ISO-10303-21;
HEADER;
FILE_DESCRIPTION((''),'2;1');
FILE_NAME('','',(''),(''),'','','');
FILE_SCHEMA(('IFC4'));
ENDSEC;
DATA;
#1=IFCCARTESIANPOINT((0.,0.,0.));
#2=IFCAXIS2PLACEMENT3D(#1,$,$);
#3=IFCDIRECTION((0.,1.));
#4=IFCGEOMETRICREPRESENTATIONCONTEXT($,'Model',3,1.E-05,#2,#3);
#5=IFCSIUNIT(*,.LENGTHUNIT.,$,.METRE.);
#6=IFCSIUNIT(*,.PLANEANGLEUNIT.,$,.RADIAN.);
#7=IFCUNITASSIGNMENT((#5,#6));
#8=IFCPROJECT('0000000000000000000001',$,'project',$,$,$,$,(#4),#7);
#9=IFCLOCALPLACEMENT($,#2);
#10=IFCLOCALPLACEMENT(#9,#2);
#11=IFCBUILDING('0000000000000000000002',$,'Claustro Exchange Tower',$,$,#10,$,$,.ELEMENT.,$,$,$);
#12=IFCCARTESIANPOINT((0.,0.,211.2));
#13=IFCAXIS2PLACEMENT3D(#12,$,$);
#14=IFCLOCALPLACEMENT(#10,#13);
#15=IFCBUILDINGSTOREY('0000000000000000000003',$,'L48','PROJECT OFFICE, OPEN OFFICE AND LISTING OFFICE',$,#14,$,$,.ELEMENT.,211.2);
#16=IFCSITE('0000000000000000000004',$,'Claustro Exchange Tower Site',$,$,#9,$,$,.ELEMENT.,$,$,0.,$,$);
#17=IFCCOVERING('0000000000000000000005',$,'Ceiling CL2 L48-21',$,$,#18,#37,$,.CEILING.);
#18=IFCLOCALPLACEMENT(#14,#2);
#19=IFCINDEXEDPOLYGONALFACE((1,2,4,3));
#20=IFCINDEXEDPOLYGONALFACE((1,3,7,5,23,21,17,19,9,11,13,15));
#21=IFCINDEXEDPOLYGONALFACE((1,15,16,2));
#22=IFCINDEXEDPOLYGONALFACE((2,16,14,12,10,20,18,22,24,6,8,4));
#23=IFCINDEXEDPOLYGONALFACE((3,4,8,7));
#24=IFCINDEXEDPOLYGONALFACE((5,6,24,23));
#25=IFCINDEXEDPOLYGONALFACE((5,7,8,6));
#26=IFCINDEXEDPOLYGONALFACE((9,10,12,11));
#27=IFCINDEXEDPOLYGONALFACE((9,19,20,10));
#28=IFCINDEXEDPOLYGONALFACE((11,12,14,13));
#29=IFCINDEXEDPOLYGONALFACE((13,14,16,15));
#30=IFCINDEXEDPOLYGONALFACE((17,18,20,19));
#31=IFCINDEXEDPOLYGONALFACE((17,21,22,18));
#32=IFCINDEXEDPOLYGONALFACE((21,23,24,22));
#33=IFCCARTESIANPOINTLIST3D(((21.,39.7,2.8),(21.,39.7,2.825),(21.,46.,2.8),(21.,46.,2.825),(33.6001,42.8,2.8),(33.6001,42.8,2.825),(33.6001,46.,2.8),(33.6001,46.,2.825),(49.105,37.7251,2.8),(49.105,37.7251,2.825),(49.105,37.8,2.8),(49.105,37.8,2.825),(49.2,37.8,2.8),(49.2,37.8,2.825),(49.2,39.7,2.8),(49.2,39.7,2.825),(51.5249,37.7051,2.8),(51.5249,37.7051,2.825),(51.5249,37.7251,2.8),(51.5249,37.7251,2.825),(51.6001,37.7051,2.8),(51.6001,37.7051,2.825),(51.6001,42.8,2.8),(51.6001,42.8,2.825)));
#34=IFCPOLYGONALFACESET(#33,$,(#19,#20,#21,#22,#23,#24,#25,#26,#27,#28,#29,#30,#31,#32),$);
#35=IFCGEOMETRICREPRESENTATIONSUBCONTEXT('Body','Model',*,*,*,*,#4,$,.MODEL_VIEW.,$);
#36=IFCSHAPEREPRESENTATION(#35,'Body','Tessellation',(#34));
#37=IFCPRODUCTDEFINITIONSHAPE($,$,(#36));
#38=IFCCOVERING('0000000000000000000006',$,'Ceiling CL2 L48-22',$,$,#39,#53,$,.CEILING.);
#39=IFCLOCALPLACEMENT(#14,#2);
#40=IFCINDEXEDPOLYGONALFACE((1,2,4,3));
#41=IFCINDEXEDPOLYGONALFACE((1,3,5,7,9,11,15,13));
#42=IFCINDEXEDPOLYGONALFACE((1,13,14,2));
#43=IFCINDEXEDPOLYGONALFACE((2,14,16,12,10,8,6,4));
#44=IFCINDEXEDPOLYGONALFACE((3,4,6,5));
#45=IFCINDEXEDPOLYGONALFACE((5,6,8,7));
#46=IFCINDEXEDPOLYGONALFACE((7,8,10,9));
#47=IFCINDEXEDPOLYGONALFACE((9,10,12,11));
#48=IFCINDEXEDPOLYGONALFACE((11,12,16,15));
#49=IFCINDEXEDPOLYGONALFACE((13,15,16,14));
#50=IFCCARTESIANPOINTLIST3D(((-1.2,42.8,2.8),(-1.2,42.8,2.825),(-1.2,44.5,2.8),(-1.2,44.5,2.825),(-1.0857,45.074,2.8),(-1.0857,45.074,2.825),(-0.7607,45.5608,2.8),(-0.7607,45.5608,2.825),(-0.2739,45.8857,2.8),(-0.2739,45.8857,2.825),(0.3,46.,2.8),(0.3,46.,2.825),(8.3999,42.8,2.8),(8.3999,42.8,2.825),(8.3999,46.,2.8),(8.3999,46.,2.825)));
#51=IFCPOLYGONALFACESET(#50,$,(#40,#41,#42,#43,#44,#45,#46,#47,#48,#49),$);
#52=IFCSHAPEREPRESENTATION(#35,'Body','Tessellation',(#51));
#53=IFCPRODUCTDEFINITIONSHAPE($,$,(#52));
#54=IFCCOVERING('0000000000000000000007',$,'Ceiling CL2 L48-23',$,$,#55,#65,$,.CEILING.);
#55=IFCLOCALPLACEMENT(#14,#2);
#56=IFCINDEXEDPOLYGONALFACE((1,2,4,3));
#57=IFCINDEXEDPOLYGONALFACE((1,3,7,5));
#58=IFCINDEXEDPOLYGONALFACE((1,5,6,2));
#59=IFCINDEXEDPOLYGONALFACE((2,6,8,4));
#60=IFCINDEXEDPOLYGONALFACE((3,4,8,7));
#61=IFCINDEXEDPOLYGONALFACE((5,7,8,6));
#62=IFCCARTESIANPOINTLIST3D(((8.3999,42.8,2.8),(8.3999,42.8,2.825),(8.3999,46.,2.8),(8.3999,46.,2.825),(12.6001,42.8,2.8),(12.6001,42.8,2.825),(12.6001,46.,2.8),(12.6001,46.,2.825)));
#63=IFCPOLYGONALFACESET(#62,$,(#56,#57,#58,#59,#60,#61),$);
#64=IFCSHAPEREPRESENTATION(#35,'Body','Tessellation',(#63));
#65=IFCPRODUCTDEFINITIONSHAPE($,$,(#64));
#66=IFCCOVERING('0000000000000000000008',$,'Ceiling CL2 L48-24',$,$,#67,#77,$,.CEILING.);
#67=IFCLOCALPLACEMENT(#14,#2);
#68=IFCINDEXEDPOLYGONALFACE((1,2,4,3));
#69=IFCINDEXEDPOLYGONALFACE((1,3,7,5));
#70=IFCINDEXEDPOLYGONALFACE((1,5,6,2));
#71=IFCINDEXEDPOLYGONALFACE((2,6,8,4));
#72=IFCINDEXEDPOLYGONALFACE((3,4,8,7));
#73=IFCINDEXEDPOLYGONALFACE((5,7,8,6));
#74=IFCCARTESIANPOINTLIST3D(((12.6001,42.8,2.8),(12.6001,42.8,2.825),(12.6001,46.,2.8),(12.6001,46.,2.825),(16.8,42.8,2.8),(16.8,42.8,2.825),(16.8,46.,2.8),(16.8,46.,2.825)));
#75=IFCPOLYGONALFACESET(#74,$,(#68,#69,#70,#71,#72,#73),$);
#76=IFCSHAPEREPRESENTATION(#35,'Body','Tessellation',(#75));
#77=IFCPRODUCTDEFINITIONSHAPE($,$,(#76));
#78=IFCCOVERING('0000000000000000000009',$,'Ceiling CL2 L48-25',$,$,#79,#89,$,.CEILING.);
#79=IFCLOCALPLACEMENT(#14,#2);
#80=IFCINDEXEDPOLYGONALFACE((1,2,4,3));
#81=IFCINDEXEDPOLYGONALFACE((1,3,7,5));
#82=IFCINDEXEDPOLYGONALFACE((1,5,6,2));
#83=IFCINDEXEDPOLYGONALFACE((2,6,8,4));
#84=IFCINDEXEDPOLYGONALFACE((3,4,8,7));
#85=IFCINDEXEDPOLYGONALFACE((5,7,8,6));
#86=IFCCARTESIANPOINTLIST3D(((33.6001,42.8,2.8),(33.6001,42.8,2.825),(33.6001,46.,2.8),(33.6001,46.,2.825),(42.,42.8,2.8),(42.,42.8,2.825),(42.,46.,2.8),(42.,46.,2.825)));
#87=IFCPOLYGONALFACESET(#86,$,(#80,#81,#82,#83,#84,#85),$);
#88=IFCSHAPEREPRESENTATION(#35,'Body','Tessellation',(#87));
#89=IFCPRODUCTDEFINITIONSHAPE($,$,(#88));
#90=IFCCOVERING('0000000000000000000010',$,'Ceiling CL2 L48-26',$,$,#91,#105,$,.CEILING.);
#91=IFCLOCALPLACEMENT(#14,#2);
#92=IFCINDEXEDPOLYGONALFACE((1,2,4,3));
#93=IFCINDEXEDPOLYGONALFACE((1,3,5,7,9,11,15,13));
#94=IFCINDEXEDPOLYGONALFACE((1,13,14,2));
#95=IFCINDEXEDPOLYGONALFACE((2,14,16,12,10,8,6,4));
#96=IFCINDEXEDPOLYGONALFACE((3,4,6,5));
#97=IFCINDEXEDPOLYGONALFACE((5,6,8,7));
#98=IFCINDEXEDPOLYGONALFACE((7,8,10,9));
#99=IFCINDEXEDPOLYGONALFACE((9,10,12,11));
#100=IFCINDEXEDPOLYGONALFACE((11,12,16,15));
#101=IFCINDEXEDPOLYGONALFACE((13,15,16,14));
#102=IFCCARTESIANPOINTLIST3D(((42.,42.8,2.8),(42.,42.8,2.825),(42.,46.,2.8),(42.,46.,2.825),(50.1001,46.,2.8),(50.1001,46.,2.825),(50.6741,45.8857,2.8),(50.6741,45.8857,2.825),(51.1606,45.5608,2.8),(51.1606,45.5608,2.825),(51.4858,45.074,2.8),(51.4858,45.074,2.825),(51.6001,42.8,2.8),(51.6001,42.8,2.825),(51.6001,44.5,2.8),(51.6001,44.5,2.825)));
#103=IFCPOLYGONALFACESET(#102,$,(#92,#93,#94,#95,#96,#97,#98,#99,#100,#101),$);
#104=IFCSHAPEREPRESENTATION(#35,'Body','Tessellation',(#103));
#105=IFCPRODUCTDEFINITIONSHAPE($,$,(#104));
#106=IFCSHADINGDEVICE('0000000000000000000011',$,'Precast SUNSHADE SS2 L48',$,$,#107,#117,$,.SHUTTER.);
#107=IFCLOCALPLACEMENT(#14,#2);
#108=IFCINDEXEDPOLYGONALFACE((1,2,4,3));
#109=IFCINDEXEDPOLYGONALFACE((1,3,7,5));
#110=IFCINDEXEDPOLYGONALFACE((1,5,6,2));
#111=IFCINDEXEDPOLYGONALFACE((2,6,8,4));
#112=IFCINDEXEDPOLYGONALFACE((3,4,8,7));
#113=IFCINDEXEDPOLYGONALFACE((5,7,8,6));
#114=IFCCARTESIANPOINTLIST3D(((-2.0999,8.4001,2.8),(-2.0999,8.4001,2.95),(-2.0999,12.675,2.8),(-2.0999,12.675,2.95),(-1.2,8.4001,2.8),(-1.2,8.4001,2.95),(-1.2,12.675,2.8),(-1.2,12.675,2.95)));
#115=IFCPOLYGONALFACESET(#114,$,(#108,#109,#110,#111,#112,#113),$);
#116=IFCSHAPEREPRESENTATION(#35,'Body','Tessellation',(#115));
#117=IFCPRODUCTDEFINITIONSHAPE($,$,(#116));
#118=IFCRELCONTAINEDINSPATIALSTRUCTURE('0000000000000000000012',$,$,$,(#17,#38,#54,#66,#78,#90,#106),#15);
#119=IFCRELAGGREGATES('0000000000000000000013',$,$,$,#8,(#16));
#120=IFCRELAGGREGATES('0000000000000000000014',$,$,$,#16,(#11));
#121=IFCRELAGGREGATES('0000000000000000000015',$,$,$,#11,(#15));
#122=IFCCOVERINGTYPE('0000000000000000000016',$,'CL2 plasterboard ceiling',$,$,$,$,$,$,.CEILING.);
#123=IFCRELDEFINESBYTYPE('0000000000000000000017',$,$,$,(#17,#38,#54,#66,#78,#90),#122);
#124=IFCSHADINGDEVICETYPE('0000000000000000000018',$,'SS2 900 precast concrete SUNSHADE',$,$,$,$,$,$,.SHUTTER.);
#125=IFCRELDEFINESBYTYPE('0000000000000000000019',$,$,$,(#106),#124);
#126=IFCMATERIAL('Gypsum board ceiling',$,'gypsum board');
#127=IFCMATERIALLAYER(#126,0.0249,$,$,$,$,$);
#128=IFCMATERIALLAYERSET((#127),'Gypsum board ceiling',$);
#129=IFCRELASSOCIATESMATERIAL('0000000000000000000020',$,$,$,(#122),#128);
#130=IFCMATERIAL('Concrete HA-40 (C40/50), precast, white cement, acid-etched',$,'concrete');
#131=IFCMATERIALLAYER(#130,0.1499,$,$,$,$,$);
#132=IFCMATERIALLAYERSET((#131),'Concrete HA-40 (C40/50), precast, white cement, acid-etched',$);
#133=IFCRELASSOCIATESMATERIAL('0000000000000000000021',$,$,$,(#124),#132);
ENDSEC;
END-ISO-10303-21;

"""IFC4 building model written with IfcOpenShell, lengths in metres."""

from ifc_helpers import new_model, si_unit, direction, frame, origin, origin_2d, place, context, subcontext, project, spatial, polyline, rectangle, outline, extrude, material, layer, layer_set, type_object, element, save


model = new_model("IFC4")

# Units and contexts
model_context = context("Model", 3, precision=1e-05, world=origin(), true_north=direction((0.0, 1.0)))
body_context = subcontext(model_context, "Body", "Model", "MODEL_VIEW")
ifc_project = project(units=[si_unit("LENGTHUNIT", "METRE"), si_unit("PLANEANGLEUNIT", "RADIAN")], contexts=[model_context])

# Site, building, storey
site_placement = place(None, origin())
site = spatial("IfcSite", under=ifc_project, at=site_placement, Name="Claustro Exchange Tower Site", CompositionType="ELEMENT", RefElevation=0.0)
building_placement = place(site_placement, origin())
building = spatial("IfcBuilding", under=site, at=building_placement, Name="Claustro Exchange Tower", CompositionType="ELEMENT")
storey_placement = place(building_placement, frame((0.0, 0.0, 211.2)))
storey = spatial("IfcBuildingStorey", under=building, at=storey_placement, Name="L48", Description="PROJECT OFFICE, OPEN OFFICE AND LISTING OFFICE", CompositionType="ELEMENT", Elevation=211.2)

# Coverings
ifc_material_1 = material(Name="Gypsum board ceiling", Category="gypsum board")
ifc_layer_1 = layer(ifc_material_1, 0.0249)
ifc_layer_set_1 = layer_set([ifc_layer_1], Name="Gypsum board ceiling")
covering_type_1 = type_object("IfcCoveringType", Name="CL2 plasterboard ceiling", PredefinedType="CEILING", material=ifc_layer_set_1)
covering_1_placement = place(storey_placement, frame((0.0, 0.0, 2.8)))
element("IfcCovering", 1, at=covering_1_placement, inside=storey, type_object=covering_type_1, Name="Ceiling CL2 L48-21", PredefinedType="CEILING", context=body_context, shape_type="SweptSolid", body=[
    extrude(outline(polyline([(51.5249, 37.7251), (51.5249, 37.7051), (51.6001, 37.7051), (51.6001, 42.8), (33.6001, 42.8), (33.6001, 46.0), (21.0, 46.0), (21.0, 39.7), (49.2, 39.7), (49.2, 37.8), (49.105, 37.8), (49.105, 37.7251), (51.5249, 37.7251)])), origin(), (0.0, 0.0, 1.0), 0.0249),
])
covering_2_placement = place(storey_placement, frame((0.0, 0.0, 2.8)))
element("IfcCovering", 2, at=covering_2_placement, inside=storey, type_object=covering_type_1, Name="Ceiling CL2 L48-22", PredefinedType="CEILING", context=body_context, shape_type="SweptSolid", body=[
    extrude(outline(polyline([(-1.2, 44.5), (-1.2, 42.8), (8.3999, 42.8), (8.3999, 46.0), (0.3, 46.0), (-0.2739, 45.8857), (-0.7607, 45.5608), (-1.0857, 45.074), (-1.2, 44.5)])), origin(), (0.0, 0.0, 1.0), 0.0249),
])
covering_3_placement = place(storey_placement, frame((0.0, 0.0, 2.8)))
element("IfcCovering", 3, at=covering_3_placement, inside=storey, type_object=covering_type_1, Name="Ceiling CL2 L48-23", PredefinedType="CEILING", context=body_context, shape_type="SweptSolid", body=[
    extrude(outline(polyline([(12.6001, 46.0), (8.3999, 46.0), (8.3999, 42.8), (12.6001, 42.8), (12.6001, 46.0)])), origin(), (0.0, 0.0, 1.0), 0.0249),
])
covering_4_placement = place(storey_placement, frame((0.0, 0.0, 2.8)))
element("IfcCovering", 4, at=covering_4_placement, inside=storey, type_object=covering_type_1, Name="Ceiling CL2 L48-24", PredefinedType="CEILING", context=body_context, shape_type="SweptSolid", body=[
    extrude(outline(polyline([(16.8, 46.0), (12.6001, 46.0), (12.6001, 42.8), (16.8, 42.8), (16.8, 46.0)])), origin(), (0.0, 0.0, 1.0), 0.0249),
])
covering_5_placement = place(storey_placement, frame((0.0, 0.0, 2.8)))
element("IfcCovering", 5, at=covering_5_placement, inside=storey, type_object=covering_type_1, Name="Ceiling CL2 L48-25", PredefinedType="CEILING", context=body_context, shape_type="SweptSolid", body=[
    extrude(outline(polyline([(42.0, 46.0), (33.6001, 46.0), (33.6001, 42.8), (42.0, 42.8), (42.0, 46.0)])), origin(), (0.0, 0.0, 1.0), 0.0249),
])
covering_6_placement = place(storey_placement, frame((0.0, 0.0, 2.8)))
element("IfcCovering", 6, at=covering_6_placement, inside=storey, type_object=covering_type_1, Name="Ceiling CL2 L48-26", PredefinedType="CEILING", context=body_context, shape_type="SweptSolid", body=[
    extrude(outline(polyline([(50.1001, 46.0), (42.0, 46.0), (42.0, 42.8), (51.6001, 42.8), (51.6001, 44.5), (51.4858, 45.074), (51.1606, 45.5608), (50.6741, 45.8857), (50.1001, 46.0)])), origin(), (0.0, 0.0, 1.0), 0.0249),
])

# Shading device
ifc_material_2 = material(Name="Concrete HA-40 (C40/50), precast, white cement, acid-etched", Category="concrete")
ifc_layer_2 = layer(ifc_material_2, 0.1499)
ifc_layer_set_2 = layer_set([ifc_layer_2], Name="Concrete HA-40 (C40/50), precast, white cement, acid-etched")
shading_device_type = type_object("IfcShadingDeviceType", Name="SS2 900 precast concrete SUNSHADE", PredefinedType="SHUTTER", material=ifc_layer_set_2)
shading_device_placement = place(storey_placement, frame((-1.6499, 10.5376, 2.8), z_axis=(0.0, 0.0, 1.0), x_axis=(0.0, 1.0, 0.0)))
element("IfcShadingDevice", 7, at=shading_device_placement, inside=storey, type_object=shading_device_type, Name="Precast SUNSHADE SS2 L48", PredefinedType="SHUTTER", context=body_context, shape_type="SweptSolid", body=[
    extrude(rectangle(XDim=4.2749, YDim=0.8999, at=origin_2d()), origin(), (0.0, 0.0, 1.0), 0.1499),
])

save(model, "model.ifc")
